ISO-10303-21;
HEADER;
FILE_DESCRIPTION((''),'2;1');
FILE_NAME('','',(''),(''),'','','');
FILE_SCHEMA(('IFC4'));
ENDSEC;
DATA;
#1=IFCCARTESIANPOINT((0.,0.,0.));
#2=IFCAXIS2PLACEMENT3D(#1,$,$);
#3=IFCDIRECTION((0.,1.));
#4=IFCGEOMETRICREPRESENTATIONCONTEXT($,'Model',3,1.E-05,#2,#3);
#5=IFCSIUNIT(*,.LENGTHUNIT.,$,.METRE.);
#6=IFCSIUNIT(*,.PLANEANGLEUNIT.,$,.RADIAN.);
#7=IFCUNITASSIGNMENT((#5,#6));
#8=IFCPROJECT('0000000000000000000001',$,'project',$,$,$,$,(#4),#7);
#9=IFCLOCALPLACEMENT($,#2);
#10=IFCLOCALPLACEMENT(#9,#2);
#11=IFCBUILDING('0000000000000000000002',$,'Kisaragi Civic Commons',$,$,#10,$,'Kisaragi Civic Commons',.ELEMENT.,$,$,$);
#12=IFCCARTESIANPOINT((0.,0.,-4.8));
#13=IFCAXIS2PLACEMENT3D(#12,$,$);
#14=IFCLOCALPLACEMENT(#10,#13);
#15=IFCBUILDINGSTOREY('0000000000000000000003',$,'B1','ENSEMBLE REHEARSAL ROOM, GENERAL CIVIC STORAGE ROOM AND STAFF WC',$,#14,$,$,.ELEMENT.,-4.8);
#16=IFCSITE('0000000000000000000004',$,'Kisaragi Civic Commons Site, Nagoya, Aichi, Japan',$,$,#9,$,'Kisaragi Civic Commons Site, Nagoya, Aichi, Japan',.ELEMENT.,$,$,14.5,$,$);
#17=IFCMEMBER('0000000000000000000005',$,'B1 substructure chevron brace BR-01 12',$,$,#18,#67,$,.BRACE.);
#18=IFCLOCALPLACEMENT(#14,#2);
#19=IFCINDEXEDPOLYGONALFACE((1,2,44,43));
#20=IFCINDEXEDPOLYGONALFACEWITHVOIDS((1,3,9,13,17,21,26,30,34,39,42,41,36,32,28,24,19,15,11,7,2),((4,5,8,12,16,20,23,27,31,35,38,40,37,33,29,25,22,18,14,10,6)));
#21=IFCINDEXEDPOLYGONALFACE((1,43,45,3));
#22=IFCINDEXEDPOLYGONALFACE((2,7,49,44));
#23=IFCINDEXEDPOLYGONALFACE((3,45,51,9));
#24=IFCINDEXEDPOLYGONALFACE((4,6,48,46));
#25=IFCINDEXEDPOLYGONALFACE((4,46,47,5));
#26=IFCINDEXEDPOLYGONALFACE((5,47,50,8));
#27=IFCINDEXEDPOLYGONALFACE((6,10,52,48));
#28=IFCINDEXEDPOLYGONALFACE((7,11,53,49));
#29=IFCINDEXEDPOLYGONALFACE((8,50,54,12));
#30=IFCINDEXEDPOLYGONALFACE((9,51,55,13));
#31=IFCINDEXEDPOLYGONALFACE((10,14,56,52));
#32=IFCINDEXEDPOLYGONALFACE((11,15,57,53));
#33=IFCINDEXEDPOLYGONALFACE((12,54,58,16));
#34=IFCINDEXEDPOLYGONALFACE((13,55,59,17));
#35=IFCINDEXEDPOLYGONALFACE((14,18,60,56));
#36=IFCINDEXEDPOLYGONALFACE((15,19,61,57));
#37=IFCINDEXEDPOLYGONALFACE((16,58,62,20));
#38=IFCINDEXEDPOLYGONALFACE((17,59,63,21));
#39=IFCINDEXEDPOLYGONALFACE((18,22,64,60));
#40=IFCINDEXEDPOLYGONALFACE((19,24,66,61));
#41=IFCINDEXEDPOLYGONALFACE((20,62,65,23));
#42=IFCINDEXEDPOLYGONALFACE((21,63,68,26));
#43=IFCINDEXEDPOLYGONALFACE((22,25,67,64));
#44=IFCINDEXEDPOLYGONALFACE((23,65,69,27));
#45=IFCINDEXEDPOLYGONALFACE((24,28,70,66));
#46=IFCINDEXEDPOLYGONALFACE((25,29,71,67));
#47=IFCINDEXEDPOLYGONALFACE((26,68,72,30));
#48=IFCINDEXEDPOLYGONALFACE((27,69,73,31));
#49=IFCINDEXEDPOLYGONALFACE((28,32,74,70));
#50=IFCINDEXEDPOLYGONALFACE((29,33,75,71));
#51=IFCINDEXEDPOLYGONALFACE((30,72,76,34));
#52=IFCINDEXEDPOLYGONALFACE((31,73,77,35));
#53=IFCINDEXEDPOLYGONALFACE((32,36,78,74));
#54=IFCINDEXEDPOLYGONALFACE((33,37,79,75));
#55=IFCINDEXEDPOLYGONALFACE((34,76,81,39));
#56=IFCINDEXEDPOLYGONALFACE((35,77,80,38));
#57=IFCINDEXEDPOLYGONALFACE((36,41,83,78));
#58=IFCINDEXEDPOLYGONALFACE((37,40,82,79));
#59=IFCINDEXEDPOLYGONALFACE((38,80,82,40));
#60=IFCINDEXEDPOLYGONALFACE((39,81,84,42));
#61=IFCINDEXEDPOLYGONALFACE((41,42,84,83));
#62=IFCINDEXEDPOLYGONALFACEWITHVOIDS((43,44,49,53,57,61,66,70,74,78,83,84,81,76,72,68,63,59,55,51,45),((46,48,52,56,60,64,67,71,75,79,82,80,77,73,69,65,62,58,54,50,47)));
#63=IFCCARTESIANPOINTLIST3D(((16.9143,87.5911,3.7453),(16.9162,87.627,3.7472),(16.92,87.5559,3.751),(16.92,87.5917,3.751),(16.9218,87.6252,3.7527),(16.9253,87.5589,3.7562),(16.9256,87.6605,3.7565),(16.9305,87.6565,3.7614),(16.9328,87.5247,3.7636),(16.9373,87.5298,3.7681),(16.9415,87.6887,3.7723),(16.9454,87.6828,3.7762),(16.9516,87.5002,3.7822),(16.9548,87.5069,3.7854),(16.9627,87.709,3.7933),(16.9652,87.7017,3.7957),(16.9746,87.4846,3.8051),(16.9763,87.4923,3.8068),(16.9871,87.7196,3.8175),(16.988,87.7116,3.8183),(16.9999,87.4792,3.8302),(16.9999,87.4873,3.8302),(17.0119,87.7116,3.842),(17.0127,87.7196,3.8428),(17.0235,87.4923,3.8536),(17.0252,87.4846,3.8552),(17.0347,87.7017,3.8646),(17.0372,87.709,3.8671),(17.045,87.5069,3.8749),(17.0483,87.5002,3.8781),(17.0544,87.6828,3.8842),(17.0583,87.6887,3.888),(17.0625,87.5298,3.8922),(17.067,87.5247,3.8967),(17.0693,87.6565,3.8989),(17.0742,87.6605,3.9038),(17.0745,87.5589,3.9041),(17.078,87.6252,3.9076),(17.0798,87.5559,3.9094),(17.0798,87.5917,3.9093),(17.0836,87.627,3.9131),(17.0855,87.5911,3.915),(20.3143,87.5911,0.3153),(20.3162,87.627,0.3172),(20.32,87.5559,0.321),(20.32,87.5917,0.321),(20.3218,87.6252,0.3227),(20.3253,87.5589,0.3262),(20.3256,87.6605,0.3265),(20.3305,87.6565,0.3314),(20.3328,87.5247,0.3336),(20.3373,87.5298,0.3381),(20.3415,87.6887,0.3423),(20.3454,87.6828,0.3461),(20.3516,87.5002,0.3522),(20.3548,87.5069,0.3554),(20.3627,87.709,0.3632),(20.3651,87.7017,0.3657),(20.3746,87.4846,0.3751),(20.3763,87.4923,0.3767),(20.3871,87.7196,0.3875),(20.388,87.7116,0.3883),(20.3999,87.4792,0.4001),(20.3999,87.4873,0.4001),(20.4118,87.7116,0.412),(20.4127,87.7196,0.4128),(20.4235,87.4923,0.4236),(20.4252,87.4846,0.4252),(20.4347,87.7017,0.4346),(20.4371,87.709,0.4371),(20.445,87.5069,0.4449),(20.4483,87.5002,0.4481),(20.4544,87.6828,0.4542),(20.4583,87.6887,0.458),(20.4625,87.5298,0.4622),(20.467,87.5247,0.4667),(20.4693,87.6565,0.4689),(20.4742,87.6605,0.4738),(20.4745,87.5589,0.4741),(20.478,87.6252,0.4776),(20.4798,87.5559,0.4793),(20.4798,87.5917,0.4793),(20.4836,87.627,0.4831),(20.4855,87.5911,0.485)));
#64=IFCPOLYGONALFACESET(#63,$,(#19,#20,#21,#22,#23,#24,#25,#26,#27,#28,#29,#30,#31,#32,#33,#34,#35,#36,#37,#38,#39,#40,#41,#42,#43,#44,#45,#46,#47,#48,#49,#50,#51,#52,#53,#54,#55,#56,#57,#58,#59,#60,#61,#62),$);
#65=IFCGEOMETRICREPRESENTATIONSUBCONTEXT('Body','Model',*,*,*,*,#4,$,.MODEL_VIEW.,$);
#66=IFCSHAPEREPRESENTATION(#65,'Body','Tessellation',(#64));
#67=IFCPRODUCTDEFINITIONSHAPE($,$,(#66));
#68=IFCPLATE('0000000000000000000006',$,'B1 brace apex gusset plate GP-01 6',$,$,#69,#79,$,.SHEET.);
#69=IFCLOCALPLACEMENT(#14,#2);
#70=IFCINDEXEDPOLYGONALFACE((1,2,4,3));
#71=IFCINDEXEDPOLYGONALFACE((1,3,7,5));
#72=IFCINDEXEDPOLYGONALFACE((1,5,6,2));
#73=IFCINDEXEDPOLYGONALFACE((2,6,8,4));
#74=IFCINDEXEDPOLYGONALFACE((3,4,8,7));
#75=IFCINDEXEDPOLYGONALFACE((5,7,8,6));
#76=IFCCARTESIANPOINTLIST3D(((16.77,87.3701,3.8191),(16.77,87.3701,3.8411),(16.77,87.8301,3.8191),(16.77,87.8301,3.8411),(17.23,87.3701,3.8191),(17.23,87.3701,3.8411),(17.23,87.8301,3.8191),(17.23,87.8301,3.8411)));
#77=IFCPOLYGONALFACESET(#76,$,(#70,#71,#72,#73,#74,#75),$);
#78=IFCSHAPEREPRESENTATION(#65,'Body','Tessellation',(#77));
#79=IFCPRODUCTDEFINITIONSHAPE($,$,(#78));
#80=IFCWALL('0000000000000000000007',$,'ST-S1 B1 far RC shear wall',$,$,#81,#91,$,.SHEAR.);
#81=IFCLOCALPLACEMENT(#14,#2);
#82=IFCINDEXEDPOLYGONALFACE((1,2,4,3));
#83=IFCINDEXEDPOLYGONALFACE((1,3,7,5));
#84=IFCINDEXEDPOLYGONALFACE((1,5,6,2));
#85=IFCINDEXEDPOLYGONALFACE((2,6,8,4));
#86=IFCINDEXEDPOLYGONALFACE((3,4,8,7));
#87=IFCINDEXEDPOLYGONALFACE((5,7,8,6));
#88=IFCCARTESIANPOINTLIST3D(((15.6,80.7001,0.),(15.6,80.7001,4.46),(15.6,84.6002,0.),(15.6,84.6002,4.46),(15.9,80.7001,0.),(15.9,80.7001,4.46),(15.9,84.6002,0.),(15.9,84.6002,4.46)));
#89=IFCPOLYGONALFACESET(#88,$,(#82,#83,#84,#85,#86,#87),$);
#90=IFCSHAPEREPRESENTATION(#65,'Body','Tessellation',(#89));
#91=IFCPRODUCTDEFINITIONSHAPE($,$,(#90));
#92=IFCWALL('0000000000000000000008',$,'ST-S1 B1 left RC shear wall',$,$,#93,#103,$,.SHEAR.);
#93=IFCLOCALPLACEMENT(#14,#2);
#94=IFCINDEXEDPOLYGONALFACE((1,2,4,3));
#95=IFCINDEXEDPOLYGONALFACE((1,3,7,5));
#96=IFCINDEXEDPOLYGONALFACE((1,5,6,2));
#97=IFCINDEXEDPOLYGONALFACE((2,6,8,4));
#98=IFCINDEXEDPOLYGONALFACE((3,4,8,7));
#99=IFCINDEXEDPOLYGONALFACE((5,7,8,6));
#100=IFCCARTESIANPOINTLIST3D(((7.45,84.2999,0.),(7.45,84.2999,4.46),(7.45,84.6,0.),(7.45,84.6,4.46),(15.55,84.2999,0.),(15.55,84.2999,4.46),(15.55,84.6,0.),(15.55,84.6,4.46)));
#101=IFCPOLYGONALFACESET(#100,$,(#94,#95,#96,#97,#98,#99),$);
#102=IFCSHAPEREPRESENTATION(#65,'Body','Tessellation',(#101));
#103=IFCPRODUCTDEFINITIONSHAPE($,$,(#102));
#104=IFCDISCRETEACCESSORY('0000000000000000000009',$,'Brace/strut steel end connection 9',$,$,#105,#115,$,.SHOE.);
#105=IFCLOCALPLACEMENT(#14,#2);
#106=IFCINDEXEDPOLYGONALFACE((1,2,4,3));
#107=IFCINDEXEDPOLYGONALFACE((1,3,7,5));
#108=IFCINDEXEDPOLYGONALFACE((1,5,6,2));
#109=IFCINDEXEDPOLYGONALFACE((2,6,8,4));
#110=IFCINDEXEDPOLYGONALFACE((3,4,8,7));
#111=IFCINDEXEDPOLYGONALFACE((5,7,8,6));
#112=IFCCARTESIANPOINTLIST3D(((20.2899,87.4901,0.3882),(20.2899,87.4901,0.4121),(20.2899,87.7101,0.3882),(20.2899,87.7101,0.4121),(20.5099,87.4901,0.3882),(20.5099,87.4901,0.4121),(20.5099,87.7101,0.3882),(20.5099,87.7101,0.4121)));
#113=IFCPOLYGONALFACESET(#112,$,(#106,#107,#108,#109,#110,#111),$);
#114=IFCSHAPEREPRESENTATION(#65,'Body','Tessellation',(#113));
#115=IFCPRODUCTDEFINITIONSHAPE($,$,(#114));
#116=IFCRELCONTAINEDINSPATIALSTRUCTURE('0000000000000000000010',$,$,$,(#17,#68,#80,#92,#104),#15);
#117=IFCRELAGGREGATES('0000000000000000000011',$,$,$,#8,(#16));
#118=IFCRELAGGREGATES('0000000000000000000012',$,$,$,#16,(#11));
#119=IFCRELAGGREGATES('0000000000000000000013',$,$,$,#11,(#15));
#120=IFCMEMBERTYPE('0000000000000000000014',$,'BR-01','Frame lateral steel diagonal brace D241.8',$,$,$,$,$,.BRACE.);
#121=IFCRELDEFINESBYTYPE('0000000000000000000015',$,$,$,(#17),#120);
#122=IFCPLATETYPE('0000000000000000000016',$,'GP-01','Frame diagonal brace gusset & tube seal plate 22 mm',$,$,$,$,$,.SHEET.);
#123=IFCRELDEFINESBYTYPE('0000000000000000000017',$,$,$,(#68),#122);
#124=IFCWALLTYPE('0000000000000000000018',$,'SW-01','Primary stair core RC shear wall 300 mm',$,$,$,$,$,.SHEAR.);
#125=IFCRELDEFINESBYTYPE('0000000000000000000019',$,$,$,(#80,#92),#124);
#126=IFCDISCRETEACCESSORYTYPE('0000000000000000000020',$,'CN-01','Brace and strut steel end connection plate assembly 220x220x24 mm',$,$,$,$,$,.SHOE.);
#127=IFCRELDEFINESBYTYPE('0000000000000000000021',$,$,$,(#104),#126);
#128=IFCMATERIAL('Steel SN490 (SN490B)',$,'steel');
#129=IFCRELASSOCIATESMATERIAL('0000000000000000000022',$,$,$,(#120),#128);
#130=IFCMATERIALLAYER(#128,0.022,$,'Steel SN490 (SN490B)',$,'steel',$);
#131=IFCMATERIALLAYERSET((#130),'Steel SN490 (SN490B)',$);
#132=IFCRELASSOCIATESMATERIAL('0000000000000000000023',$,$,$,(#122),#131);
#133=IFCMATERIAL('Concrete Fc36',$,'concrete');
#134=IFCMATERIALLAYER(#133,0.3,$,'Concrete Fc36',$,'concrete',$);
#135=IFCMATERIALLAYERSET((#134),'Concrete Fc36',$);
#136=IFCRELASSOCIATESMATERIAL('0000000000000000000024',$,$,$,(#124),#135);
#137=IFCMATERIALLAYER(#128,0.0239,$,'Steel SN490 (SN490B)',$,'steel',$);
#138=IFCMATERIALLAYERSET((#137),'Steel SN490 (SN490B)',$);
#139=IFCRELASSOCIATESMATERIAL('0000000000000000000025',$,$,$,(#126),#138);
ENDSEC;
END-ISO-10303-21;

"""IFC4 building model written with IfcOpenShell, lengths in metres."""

from ifc_helpers import new_model, si_unit, direction, frame, frame_2d, origin, origin_2d, place, context, subcontext, project, spatial, rectangle, hollow_circle, extrude, material, layer, layer_set, material_profile, profile_set, type_object, element, save


model = new_model("IFC4")

# Units and contexts
model_context = context("Model", 3, precision=1e-05, world=origin(), true_north=direction((0.0, 1.0)))
body_context = subcontext(model_context, "Body", "Model", "MODEL_VIEW")
ifc_project = project(units=[si_unit("LENGTHUNIT", "METRE"), si_unit("PLANEANGLEUNIT", "RADIAN")], contexts=[model_context])

# Site, building, storey
site_placement = place(None, origin())
site = spatial("IfcSite", under=ifc_project, at=site_placement, Name="Kisaragi Civic Commons Site, Nagoya, Aichi, Japan", LongName="Kisaragi Civic Commons Site, Nagoya, Aichi, Japan", CompositionType="ELEMENT", RefElevation=14.5)
building_placement = place(site_placement, origin())
building = spatial("IfcBuilding", under=site, at=building_placement, Name="Kisaragi Civic Commons", LongName="Kisaragi Civic Commons", CompositionType="ELEMENT")
storey_placement = place(building_placement, frame((0.0, 0.0, -4.8)))
storey = spatial("IfcBuildingStorey", under=building, at=storey_placement, Name="B1", Description="ENSEMBLE REHEARSAL ROOM, GENERAL CIVIC STORAGE ROOM AND STAFF WC", CompositionType="ELEMENT", Elevation=-4.8)

# Shared definitions
ifc_material_1 = material(Name="Concrete Fc36", Category="concrete")

# Member
ifc_material_2 = material(Name="Steel SN490 (SN490B)", Category="steel")
ifc_material_profile_1 = material_profile(ifc_material_2, hollow_circle(Radius=0.1208, WallThickness=0.0081, at=origin_2d()), Name="CHS-241.8x8.0", Category="steel")
ifc_profile_set_1 = profile_set([ifc_material_profile_1], Name="Steel SN490 (SN490B)")
member_type = type_object("IfcMemberType", Name="BR-01", Description="Frame lateral steel diagonal brace D241.8", PredefinedType="BRACE", material=ifc_profile_set_1)
member_placement = place(storey_placement, frame((20.3999, 87.6001, 0.4001), z_axis=(-0.703991, 0.0, 0.710209), x_axis=(0.0, -1.0, 0.0)))
element("IfcMember", 1, at=member_placement, inside=storey, type_object=member_type, Name="B1 substructure chevron brace BR-01 12", PredefinedType="BRACE", context=body_context, shape_type="SweptSolid", body=[
    extrude(hollow_circle(Radius=0.1208, WallThickness=0.0081, at=origin_2d()), origin(), (0.0, 0.0, 1.0), 4.8296),
])

# Plate
ifc_layer_1 = layer(ifc_material_2, 0.022, Name="Steel SN490 (SN490B)", Category="steel")
ifc_layer_set_1 = layer_set([ifc_layer_1], Name="Steel SN490 (SN490B)")
plate_type = type_object("IfcPlateType", Name="GP-01", Description="Frame diagonal brace gusset & tube seal plate 22 mm", PredefinedType="SHEET", material=ifc_layer_set_1)
plate_placement = place(storey_placement, frame((17.0, 87.6001, 3.8191), z_axis=(0.0, 0.0, 1.0), x_axis=(1.0, 0.0, 0.0)))
element("IfcPlate", 2, at=plate_placement, inside=storey, type_object=plate_type, Name="B1 brace apex gusset plate GP-01 6", PredefinedType="SHEET", context=body_context, shape_type="SweptSolid", body=[
    extrude(rectangle(XDim=0.46, YDim=0.46, at=origin_2d()), origin(), (0.0, 0.0, 1.0), 0.022),
])

# Walls
ifc_layer_2 = layer(ifc_material_1, 0.3, Name="Concrete Fc36", Category="concrete")
ifc_layer_set_2 = layer_set([ifc_layer_2], Name="Concrete Fc36")
wall_type = type_object("IfcWallType", Name="SW-01", Description="Primary stair core RC shear wall 300 mm", PredefinedType="SHEAR", material=ifc_layer_set_2)
wall_1_placement = place(storey_placement, frame((15.75, 80.7, 0.0), z_axis=(0.0, 0.0, 1.0), x_axis=(0.0, 1.0, 0.0)))
element("IfcWall", 3, at=wall_1_placement, inside=storey, type_object=wall_type, Name="ST-S1 B1 far RC shear wall", PredefinedType="SHEAR", context=body_context, shape_type="SweptSolid", body=[
    extrude(rectangle(XDim=3.9001, YDim=0.3, at=frame_2d((1.9502, 0.0))), origin(), (0.0, 0.0, 1.0), 4.46),
])
wall_2_placement = place(storey_placement, frame((15.55, 84.45, 0.0), z_axis=(0.0, 0.0, 1.0), x_axis=(-1.0, 0.0, 0.0)))
element("IfcWall", 4, at=wall_2_placement, inside=storey, type_object=wall_type, Name="ST-S1 B1 left RC shear wall", PredefinedType="SHEAR", context=body_context, shape_type="SweptSolid", body=[
    extrude(rectangle(XDim=8.1001, YDim=0.3, at=frame_2d((4.05, 0.0))), origin(), (0.0, 0.0, 1.0), 4.46),
])

# Discrete accessory
ifc_layer_3 = layer(ifc_material_2, 0.0239, Name="Steel SN490 (SN490B)", Category="steel")
ifc_layer_set_3 = layer_set([ifc_layer_3], Name="Steel SN490 (SN490B)")
discrete_accessory_type = type_object("IfcDiscreteAccessoryType", Name="CN-01", Description="Brace and strut steel end connection plate assembly 220x220x24 mm", PredefinedType="SHOE", material=ifc_layer_set_3)
discrete_accessory_placement = place(storey_placement, frame((20.3999, 87.6001, 0.3882), z_axis=(0.0, 0.0, 1.0), x_axis=(1.0, 0.0, 0.0)))
element("IfcDiscreteAccessory", 5, at=discrete_accessory_placement, inside=storey, type_object=discrete_accessory_type, Name="Brace/strut steel end connection 9", PredefinedType="SHOE", context=body_context, shape_type="SweptSolid", body=[
    extrude(rectangle(XDim=0.22, YDim=0.22, at=origin_2d()), origin(), (0.0, 0.0, 1.0), 0.0239),
])

save(model, "model.ifc")
